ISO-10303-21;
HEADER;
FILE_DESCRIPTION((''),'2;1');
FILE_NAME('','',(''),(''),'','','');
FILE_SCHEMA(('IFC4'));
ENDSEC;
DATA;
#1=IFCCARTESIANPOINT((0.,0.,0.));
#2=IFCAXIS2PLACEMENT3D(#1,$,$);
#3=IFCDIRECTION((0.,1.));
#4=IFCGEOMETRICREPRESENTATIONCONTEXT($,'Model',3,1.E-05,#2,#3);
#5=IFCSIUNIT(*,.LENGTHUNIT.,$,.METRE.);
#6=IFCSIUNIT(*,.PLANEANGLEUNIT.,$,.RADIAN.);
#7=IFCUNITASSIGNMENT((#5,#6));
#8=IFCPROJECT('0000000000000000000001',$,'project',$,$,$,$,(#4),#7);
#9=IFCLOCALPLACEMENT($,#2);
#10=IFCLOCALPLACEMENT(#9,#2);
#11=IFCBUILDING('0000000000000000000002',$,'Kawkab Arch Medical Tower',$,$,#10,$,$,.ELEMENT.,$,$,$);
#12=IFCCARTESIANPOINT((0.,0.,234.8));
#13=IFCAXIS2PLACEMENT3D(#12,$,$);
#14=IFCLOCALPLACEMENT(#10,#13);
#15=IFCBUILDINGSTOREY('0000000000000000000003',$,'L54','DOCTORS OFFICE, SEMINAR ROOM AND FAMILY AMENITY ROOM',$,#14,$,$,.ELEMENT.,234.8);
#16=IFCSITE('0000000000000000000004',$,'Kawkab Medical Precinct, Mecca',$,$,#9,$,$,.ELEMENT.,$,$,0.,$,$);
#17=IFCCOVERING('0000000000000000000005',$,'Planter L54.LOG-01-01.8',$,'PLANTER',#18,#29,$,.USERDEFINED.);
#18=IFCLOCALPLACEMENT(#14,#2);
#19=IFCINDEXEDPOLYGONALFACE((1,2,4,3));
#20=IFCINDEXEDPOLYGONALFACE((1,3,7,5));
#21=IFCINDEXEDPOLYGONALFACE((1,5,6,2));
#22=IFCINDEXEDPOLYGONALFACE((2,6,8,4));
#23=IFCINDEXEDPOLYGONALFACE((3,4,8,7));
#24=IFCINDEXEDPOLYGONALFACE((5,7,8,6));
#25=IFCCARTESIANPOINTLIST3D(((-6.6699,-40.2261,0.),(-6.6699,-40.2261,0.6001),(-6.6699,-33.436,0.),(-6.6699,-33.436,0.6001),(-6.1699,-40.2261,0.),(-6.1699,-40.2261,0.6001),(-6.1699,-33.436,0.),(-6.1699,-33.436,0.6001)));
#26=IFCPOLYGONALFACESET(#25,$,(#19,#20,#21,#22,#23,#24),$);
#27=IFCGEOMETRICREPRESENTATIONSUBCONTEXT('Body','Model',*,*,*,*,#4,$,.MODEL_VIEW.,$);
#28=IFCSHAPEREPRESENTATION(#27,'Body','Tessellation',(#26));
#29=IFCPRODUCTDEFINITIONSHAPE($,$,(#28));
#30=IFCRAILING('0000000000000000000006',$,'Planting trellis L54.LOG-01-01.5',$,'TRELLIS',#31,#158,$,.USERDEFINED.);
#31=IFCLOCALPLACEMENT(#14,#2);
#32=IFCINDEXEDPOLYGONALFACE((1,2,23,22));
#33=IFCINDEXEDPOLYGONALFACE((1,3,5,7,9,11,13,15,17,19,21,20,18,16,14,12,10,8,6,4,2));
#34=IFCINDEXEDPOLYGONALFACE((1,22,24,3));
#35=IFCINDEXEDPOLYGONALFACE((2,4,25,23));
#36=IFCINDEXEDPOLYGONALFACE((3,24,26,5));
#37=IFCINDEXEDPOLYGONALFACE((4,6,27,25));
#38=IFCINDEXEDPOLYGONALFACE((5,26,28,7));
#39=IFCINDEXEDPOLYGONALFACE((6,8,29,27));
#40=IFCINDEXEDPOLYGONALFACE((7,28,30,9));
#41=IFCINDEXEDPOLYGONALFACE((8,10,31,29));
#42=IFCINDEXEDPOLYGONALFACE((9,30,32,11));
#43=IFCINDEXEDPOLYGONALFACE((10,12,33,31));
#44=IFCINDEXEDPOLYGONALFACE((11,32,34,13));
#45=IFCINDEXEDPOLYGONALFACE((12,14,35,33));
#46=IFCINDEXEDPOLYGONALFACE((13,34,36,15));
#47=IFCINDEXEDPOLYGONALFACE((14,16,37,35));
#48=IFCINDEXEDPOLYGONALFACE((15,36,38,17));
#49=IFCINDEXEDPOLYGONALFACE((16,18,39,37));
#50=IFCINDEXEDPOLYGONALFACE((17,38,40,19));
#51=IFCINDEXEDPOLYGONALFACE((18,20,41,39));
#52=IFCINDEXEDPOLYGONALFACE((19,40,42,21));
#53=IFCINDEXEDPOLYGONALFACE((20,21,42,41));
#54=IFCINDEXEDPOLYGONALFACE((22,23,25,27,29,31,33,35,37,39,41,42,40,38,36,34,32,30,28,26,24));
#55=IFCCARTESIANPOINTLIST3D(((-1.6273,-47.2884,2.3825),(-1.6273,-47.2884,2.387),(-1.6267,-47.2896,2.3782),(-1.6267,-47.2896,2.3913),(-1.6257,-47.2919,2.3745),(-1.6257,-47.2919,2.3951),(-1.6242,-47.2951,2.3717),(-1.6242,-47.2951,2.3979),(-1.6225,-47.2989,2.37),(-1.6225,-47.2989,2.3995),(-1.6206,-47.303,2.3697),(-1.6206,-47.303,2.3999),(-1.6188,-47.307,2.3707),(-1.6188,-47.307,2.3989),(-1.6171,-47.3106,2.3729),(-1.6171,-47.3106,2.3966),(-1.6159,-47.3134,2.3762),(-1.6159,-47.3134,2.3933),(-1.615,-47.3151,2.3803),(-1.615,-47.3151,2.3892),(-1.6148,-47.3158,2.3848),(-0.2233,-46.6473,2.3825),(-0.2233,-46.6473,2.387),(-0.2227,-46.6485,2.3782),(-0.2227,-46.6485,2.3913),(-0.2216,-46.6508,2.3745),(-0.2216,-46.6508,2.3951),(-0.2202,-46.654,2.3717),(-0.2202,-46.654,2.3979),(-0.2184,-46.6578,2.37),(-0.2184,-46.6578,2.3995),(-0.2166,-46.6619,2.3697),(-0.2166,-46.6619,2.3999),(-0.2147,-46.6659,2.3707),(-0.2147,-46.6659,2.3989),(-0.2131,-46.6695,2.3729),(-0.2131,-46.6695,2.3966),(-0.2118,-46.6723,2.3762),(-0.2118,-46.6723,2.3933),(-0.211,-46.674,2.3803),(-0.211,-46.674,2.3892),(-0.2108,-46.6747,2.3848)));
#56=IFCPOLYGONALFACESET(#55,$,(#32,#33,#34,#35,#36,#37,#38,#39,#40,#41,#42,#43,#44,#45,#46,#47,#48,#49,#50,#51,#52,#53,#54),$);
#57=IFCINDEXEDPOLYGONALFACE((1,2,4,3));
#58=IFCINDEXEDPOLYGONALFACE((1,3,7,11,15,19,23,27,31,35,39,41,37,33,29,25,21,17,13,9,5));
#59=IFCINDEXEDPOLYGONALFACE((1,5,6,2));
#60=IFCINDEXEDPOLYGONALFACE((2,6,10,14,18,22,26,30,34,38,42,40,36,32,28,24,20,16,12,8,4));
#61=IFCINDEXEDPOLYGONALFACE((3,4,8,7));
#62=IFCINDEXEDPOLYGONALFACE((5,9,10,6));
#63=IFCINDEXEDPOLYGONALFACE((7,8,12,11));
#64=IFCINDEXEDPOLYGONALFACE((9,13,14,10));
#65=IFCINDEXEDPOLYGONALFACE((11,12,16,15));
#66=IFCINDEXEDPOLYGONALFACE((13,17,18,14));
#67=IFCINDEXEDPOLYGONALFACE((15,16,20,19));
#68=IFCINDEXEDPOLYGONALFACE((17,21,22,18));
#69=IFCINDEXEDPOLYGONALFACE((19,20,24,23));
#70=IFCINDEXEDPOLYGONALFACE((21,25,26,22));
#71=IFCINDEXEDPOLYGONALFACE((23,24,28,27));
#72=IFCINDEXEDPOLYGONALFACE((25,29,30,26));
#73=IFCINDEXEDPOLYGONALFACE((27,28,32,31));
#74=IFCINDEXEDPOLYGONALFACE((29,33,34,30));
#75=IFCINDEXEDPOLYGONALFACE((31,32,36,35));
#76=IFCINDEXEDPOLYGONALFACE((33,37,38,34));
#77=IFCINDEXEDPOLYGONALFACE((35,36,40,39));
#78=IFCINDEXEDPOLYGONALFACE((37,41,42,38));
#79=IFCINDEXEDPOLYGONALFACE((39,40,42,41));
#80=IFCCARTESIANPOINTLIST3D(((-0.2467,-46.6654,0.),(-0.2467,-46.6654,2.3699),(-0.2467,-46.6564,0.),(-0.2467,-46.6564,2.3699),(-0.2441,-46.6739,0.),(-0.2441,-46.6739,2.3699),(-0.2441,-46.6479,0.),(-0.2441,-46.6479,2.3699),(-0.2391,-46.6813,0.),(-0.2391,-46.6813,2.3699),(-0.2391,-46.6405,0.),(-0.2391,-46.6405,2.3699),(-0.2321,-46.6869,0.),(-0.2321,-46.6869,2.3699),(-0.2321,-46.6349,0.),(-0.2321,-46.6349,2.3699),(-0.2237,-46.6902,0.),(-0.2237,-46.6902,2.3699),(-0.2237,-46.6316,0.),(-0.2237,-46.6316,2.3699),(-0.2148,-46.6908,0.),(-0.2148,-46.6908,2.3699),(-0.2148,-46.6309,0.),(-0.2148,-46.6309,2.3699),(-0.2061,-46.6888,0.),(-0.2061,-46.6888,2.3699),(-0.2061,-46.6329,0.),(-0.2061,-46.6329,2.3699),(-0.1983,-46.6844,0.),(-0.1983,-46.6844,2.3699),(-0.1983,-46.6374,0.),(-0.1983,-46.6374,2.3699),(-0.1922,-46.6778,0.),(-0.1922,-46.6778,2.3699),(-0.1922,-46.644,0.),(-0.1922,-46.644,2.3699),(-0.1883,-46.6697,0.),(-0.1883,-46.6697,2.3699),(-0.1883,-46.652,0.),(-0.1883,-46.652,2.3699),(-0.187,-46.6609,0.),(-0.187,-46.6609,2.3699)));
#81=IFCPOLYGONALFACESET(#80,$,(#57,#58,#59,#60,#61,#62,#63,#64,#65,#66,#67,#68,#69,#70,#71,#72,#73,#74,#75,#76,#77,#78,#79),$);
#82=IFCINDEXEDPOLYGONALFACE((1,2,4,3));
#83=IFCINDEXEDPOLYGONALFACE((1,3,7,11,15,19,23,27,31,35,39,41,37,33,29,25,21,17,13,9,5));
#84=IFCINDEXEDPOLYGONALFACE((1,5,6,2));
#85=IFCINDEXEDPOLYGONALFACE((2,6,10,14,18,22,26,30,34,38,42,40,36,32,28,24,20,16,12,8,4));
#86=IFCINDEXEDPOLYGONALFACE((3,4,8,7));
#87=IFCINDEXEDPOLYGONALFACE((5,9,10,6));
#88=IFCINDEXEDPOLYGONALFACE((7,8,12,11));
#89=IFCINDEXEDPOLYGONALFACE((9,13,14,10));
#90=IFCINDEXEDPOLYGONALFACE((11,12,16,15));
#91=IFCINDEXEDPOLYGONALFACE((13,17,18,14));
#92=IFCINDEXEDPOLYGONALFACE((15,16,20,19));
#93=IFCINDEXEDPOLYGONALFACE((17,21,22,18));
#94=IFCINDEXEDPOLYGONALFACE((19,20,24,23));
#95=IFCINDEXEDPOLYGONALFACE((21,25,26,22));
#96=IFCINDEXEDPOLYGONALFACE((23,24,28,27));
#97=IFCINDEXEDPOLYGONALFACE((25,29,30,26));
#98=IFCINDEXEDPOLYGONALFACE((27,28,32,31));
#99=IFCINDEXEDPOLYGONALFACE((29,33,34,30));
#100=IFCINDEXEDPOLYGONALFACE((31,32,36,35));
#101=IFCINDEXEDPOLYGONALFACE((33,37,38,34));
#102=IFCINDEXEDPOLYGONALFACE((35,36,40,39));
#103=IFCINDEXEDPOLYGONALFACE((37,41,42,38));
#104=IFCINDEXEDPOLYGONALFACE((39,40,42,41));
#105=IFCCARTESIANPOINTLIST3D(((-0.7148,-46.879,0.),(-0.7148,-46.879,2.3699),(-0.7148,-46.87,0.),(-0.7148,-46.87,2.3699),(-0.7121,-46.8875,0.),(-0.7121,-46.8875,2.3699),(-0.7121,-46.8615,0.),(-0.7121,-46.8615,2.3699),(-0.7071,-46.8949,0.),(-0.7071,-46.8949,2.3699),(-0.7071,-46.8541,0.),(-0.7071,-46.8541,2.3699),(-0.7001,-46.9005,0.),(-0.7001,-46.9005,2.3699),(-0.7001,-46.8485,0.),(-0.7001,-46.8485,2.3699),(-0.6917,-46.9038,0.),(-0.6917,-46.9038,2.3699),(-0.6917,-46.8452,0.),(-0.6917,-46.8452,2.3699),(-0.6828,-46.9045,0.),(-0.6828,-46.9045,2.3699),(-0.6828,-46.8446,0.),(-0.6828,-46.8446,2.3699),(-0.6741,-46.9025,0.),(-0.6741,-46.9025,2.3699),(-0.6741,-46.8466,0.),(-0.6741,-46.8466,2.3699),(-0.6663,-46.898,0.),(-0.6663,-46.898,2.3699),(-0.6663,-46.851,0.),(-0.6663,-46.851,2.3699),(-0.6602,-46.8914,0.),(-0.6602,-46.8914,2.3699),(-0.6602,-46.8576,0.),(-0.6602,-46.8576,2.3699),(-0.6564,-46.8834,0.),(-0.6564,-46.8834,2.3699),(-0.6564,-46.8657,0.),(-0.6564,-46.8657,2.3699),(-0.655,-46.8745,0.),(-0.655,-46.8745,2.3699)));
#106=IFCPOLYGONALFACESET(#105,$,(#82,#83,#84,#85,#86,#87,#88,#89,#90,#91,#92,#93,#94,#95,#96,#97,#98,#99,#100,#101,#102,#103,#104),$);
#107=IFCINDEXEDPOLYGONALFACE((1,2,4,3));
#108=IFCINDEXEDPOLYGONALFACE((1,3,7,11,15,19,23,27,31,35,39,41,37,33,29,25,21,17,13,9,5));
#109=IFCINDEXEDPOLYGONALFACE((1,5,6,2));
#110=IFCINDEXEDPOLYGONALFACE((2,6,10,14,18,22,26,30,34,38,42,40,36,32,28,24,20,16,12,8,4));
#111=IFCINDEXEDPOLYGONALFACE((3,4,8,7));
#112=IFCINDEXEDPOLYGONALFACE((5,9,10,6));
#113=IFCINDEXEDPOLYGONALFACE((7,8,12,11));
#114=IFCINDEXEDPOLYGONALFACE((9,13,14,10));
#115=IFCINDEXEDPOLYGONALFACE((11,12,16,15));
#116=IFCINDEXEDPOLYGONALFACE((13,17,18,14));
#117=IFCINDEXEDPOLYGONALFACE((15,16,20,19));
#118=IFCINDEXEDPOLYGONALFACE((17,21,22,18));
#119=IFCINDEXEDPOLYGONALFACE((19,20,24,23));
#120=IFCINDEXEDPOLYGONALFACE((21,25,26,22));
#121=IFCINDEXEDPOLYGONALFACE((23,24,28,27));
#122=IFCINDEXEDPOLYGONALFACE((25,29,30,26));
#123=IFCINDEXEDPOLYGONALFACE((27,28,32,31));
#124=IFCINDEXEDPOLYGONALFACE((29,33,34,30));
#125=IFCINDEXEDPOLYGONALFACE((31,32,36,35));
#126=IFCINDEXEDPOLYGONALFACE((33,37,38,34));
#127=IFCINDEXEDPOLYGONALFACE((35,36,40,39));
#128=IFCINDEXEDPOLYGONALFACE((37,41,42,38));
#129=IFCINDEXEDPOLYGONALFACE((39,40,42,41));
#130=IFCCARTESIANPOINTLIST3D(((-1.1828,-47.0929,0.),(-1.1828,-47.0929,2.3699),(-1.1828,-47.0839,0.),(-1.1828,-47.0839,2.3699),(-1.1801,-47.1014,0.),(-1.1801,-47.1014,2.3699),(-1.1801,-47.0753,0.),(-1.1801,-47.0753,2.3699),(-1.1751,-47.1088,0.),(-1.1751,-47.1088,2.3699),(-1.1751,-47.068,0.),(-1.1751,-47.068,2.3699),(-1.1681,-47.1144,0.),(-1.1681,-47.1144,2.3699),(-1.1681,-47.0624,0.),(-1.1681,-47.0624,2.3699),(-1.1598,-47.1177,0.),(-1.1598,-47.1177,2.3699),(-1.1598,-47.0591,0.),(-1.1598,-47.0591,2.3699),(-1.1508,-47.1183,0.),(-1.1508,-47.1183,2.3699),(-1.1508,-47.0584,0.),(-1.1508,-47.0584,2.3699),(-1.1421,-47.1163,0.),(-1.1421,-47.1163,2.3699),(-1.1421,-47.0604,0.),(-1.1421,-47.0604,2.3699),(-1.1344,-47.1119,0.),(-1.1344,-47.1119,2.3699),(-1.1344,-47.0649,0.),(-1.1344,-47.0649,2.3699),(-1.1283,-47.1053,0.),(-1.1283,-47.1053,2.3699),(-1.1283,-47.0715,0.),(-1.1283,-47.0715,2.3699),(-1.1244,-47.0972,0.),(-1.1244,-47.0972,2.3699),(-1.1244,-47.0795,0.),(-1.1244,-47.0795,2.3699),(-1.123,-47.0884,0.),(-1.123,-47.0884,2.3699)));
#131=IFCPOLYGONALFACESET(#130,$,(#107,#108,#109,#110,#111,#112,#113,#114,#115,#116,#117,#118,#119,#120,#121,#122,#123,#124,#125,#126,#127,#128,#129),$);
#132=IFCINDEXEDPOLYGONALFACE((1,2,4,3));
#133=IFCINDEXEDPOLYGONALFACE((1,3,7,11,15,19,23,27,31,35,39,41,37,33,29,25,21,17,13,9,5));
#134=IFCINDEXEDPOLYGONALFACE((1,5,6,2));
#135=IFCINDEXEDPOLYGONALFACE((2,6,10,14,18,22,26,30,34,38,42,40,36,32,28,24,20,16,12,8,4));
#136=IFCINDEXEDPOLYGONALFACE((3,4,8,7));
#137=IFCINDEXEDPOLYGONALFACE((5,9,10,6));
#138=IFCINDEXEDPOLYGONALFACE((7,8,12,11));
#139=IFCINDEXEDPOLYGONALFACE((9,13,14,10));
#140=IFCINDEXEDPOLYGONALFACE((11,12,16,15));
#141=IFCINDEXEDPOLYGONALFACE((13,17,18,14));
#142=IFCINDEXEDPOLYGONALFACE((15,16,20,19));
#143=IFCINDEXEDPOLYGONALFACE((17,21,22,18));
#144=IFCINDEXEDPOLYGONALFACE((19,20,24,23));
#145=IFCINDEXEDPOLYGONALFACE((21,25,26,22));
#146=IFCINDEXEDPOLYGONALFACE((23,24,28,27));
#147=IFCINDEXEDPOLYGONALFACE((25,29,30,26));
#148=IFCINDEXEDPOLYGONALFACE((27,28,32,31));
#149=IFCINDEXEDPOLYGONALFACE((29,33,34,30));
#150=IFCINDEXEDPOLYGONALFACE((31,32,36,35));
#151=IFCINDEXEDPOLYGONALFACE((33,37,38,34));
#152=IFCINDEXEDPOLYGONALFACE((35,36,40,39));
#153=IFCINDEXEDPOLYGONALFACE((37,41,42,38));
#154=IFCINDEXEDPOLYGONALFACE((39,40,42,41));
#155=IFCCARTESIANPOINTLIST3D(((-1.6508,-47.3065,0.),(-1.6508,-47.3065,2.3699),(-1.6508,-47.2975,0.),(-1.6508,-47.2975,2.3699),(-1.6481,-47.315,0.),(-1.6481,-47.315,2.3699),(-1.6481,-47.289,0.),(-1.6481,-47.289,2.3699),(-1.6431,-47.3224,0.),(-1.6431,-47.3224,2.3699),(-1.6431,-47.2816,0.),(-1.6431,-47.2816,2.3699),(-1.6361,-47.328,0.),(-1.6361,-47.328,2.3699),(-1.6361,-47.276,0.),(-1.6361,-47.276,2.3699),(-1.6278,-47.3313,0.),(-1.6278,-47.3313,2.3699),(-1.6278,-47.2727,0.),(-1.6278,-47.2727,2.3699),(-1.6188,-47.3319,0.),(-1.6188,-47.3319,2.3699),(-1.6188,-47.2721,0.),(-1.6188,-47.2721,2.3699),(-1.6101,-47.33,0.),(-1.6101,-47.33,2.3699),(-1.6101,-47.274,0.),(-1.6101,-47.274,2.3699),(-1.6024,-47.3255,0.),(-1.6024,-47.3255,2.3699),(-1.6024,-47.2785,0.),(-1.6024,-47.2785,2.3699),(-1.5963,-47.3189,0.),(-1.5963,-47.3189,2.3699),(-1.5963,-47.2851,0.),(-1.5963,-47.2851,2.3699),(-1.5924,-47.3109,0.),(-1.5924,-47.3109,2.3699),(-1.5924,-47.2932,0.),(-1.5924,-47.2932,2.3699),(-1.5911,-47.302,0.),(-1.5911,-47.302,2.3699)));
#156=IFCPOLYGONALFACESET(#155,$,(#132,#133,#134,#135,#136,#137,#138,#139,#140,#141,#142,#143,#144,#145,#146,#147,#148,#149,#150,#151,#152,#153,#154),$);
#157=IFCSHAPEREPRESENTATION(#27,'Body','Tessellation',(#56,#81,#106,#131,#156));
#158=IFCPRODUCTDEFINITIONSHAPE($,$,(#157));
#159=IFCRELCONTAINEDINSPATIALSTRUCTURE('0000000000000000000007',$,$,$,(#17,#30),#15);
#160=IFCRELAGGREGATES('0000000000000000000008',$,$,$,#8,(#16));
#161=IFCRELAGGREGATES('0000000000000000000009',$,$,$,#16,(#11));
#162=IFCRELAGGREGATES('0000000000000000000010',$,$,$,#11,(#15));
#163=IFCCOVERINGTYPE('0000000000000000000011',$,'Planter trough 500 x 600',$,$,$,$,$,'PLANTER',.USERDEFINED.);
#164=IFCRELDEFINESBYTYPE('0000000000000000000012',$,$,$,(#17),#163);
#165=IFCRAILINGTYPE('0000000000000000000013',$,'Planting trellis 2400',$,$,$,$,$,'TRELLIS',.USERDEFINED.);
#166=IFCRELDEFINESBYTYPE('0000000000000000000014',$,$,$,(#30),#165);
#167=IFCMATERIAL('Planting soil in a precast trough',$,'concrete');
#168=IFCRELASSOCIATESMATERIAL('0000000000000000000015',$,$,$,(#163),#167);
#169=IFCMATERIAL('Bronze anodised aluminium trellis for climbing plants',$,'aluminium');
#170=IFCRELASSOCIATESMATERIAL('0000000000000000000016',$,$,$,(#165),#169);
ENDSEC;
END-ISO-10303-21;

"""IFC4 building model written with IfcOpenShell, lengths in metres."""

from ifc_helpers import new_model, si_unit, direction, frame, origin, origin_2d, place, context, subcontext, project, spatial, rectangle, circle, extrude, material, material_profile, profile_set, type_object, element, save


model = new_model("IFC4")

# Units and contexts
model_context = context("Model", 3, precision=1e-05, world=origin(), true_north=direction((0.0, 1.0)))
body_context = subcontext(model_context, "Body", "Model", "MODEL_VIEW")
ifc_project = project(units=[si_unit("LENGTHUNIT", "METRE"), si_unit("PLANEANGLEUNIT", "RADIAN")], contexts=[model_context])

# Site, building, storey
site_placement = place(None, origin())
site = spatial("IfcSite", under=ifc_project, at=site_placement, Name="Kawkab Medical Precinct, Mecca", CompositionType="ELEMENT", RefElevation=0.0)
building_placement = place(site_placement, origin())
building = spatial("IfcBuilding", under=site, at=building_placement, Name="Kawkab Arch Medical Tower", CompositionType="ELEMENT")
storey_placement = place(building_placement, frame((0.0, 0.0, 234.8)))
storey = spatial("IfcBuildingStorey", under=building, at=storey_placement, Name="L54", Description="DOCTORS OFFICE, SEMINAR ROOM AND FAMILY AMENITY ROOM", CompositionType="ELEMENT", Elevation=234.8)

# Covering
ifc_material_1 = material(Name="Planting soil in a precast trough", Category="concrete")
ifc_material_profile_1 = material_profile(ifc_material_1, rectangle(XDim=0.5, YDim=0.6001, at=origin_2d()), Name="Trough 500x600")
ifc_profile_set_1 = profile_set([ifc_material_profile_1], Name="Planting soil in a precast trough")
covering_type = type_object("IfcCoveringType", Name="Planter trough 500 x 600", ElementType="PLANTER", PredefinedType="USERDEFINED", material=ifc_profile_set_1)
covering_1_placement = place(storey_placement, frame((-6.4199, -40.2261, 0.3), z_axis=(0.0, 1.0, 0.0), x_axis=(-1.0, 0.0, 0.0)))
element("IfcCovering", 1, at=covering_1_placement, inside=storey, type_object=covering_type, Name="Planter L54.LOG-01-01.8", ObjectType="PLANTER", PredefinedType="USERDEFINED", context=body_context, shape_type="SweptSolid", body=[
    extrude(rectangle(XDim=0.5, YDim=0.6001, at=origin_2d()), origin(), (0.0, 0.0, 1.0), 6.79),
])

# Railing
ifc_material_2 = material(Name="Bronze anodised aluminium trellis for climbing plants", Category="aluminium")
railing_type_1 = type_object("IfcRailingType", Name="Planting trellis 2400", ElementType="TRELLIS", PredefinedType="USERDEFINED", material=ifc_material_2)
railing_1_placement = place(storey_placement, frame((-0.217, -46.6609, 0.0)))
element("IfcRailing", 2, at=railing_1_placement, inside=storey, type_object=railing_type_1, Name="Planting trellis L54.LOG-01-01.5", ObjectType="TRELLIS", PredefinedType="USERDEFINED", context=body_context, shape_type="SweptSolid", body=[
    extrude(circle(Radius=0.0151, at=origin_2d()), frame((0.0, 0.0, 2.3848), z_axis=(-0.909656, -0.415363, 0.0), x_axis=(0.415363, -0.909656, 0.0)), (0.0, 0.0, 1.0), 1.5435),
    extrude(circle(Radius=0.03, at=origin_2d()), origin(), (0.0, 0.0, 1.0), 2.3699),
    extrude(circle(Radius=0.03, at=origin_2d()), frame((-0.468, -0.2136, 0.0)), (0.0, 0.0, 1.0), 2.3699),
    extrude(circle(Radius=0.03, at=origin_2d()), frame((-0.936, -0.4275, 0.0)), (0.0, 0.0, 1.0), 2.3699),
    extrude(circle(Radius=0.03, at=origin_2d()), frame((-1.4041, -0.6411, 0.0)), (0.0, 0.0, 1.0), 2.3699),
])

save(model, "model.ifc")
